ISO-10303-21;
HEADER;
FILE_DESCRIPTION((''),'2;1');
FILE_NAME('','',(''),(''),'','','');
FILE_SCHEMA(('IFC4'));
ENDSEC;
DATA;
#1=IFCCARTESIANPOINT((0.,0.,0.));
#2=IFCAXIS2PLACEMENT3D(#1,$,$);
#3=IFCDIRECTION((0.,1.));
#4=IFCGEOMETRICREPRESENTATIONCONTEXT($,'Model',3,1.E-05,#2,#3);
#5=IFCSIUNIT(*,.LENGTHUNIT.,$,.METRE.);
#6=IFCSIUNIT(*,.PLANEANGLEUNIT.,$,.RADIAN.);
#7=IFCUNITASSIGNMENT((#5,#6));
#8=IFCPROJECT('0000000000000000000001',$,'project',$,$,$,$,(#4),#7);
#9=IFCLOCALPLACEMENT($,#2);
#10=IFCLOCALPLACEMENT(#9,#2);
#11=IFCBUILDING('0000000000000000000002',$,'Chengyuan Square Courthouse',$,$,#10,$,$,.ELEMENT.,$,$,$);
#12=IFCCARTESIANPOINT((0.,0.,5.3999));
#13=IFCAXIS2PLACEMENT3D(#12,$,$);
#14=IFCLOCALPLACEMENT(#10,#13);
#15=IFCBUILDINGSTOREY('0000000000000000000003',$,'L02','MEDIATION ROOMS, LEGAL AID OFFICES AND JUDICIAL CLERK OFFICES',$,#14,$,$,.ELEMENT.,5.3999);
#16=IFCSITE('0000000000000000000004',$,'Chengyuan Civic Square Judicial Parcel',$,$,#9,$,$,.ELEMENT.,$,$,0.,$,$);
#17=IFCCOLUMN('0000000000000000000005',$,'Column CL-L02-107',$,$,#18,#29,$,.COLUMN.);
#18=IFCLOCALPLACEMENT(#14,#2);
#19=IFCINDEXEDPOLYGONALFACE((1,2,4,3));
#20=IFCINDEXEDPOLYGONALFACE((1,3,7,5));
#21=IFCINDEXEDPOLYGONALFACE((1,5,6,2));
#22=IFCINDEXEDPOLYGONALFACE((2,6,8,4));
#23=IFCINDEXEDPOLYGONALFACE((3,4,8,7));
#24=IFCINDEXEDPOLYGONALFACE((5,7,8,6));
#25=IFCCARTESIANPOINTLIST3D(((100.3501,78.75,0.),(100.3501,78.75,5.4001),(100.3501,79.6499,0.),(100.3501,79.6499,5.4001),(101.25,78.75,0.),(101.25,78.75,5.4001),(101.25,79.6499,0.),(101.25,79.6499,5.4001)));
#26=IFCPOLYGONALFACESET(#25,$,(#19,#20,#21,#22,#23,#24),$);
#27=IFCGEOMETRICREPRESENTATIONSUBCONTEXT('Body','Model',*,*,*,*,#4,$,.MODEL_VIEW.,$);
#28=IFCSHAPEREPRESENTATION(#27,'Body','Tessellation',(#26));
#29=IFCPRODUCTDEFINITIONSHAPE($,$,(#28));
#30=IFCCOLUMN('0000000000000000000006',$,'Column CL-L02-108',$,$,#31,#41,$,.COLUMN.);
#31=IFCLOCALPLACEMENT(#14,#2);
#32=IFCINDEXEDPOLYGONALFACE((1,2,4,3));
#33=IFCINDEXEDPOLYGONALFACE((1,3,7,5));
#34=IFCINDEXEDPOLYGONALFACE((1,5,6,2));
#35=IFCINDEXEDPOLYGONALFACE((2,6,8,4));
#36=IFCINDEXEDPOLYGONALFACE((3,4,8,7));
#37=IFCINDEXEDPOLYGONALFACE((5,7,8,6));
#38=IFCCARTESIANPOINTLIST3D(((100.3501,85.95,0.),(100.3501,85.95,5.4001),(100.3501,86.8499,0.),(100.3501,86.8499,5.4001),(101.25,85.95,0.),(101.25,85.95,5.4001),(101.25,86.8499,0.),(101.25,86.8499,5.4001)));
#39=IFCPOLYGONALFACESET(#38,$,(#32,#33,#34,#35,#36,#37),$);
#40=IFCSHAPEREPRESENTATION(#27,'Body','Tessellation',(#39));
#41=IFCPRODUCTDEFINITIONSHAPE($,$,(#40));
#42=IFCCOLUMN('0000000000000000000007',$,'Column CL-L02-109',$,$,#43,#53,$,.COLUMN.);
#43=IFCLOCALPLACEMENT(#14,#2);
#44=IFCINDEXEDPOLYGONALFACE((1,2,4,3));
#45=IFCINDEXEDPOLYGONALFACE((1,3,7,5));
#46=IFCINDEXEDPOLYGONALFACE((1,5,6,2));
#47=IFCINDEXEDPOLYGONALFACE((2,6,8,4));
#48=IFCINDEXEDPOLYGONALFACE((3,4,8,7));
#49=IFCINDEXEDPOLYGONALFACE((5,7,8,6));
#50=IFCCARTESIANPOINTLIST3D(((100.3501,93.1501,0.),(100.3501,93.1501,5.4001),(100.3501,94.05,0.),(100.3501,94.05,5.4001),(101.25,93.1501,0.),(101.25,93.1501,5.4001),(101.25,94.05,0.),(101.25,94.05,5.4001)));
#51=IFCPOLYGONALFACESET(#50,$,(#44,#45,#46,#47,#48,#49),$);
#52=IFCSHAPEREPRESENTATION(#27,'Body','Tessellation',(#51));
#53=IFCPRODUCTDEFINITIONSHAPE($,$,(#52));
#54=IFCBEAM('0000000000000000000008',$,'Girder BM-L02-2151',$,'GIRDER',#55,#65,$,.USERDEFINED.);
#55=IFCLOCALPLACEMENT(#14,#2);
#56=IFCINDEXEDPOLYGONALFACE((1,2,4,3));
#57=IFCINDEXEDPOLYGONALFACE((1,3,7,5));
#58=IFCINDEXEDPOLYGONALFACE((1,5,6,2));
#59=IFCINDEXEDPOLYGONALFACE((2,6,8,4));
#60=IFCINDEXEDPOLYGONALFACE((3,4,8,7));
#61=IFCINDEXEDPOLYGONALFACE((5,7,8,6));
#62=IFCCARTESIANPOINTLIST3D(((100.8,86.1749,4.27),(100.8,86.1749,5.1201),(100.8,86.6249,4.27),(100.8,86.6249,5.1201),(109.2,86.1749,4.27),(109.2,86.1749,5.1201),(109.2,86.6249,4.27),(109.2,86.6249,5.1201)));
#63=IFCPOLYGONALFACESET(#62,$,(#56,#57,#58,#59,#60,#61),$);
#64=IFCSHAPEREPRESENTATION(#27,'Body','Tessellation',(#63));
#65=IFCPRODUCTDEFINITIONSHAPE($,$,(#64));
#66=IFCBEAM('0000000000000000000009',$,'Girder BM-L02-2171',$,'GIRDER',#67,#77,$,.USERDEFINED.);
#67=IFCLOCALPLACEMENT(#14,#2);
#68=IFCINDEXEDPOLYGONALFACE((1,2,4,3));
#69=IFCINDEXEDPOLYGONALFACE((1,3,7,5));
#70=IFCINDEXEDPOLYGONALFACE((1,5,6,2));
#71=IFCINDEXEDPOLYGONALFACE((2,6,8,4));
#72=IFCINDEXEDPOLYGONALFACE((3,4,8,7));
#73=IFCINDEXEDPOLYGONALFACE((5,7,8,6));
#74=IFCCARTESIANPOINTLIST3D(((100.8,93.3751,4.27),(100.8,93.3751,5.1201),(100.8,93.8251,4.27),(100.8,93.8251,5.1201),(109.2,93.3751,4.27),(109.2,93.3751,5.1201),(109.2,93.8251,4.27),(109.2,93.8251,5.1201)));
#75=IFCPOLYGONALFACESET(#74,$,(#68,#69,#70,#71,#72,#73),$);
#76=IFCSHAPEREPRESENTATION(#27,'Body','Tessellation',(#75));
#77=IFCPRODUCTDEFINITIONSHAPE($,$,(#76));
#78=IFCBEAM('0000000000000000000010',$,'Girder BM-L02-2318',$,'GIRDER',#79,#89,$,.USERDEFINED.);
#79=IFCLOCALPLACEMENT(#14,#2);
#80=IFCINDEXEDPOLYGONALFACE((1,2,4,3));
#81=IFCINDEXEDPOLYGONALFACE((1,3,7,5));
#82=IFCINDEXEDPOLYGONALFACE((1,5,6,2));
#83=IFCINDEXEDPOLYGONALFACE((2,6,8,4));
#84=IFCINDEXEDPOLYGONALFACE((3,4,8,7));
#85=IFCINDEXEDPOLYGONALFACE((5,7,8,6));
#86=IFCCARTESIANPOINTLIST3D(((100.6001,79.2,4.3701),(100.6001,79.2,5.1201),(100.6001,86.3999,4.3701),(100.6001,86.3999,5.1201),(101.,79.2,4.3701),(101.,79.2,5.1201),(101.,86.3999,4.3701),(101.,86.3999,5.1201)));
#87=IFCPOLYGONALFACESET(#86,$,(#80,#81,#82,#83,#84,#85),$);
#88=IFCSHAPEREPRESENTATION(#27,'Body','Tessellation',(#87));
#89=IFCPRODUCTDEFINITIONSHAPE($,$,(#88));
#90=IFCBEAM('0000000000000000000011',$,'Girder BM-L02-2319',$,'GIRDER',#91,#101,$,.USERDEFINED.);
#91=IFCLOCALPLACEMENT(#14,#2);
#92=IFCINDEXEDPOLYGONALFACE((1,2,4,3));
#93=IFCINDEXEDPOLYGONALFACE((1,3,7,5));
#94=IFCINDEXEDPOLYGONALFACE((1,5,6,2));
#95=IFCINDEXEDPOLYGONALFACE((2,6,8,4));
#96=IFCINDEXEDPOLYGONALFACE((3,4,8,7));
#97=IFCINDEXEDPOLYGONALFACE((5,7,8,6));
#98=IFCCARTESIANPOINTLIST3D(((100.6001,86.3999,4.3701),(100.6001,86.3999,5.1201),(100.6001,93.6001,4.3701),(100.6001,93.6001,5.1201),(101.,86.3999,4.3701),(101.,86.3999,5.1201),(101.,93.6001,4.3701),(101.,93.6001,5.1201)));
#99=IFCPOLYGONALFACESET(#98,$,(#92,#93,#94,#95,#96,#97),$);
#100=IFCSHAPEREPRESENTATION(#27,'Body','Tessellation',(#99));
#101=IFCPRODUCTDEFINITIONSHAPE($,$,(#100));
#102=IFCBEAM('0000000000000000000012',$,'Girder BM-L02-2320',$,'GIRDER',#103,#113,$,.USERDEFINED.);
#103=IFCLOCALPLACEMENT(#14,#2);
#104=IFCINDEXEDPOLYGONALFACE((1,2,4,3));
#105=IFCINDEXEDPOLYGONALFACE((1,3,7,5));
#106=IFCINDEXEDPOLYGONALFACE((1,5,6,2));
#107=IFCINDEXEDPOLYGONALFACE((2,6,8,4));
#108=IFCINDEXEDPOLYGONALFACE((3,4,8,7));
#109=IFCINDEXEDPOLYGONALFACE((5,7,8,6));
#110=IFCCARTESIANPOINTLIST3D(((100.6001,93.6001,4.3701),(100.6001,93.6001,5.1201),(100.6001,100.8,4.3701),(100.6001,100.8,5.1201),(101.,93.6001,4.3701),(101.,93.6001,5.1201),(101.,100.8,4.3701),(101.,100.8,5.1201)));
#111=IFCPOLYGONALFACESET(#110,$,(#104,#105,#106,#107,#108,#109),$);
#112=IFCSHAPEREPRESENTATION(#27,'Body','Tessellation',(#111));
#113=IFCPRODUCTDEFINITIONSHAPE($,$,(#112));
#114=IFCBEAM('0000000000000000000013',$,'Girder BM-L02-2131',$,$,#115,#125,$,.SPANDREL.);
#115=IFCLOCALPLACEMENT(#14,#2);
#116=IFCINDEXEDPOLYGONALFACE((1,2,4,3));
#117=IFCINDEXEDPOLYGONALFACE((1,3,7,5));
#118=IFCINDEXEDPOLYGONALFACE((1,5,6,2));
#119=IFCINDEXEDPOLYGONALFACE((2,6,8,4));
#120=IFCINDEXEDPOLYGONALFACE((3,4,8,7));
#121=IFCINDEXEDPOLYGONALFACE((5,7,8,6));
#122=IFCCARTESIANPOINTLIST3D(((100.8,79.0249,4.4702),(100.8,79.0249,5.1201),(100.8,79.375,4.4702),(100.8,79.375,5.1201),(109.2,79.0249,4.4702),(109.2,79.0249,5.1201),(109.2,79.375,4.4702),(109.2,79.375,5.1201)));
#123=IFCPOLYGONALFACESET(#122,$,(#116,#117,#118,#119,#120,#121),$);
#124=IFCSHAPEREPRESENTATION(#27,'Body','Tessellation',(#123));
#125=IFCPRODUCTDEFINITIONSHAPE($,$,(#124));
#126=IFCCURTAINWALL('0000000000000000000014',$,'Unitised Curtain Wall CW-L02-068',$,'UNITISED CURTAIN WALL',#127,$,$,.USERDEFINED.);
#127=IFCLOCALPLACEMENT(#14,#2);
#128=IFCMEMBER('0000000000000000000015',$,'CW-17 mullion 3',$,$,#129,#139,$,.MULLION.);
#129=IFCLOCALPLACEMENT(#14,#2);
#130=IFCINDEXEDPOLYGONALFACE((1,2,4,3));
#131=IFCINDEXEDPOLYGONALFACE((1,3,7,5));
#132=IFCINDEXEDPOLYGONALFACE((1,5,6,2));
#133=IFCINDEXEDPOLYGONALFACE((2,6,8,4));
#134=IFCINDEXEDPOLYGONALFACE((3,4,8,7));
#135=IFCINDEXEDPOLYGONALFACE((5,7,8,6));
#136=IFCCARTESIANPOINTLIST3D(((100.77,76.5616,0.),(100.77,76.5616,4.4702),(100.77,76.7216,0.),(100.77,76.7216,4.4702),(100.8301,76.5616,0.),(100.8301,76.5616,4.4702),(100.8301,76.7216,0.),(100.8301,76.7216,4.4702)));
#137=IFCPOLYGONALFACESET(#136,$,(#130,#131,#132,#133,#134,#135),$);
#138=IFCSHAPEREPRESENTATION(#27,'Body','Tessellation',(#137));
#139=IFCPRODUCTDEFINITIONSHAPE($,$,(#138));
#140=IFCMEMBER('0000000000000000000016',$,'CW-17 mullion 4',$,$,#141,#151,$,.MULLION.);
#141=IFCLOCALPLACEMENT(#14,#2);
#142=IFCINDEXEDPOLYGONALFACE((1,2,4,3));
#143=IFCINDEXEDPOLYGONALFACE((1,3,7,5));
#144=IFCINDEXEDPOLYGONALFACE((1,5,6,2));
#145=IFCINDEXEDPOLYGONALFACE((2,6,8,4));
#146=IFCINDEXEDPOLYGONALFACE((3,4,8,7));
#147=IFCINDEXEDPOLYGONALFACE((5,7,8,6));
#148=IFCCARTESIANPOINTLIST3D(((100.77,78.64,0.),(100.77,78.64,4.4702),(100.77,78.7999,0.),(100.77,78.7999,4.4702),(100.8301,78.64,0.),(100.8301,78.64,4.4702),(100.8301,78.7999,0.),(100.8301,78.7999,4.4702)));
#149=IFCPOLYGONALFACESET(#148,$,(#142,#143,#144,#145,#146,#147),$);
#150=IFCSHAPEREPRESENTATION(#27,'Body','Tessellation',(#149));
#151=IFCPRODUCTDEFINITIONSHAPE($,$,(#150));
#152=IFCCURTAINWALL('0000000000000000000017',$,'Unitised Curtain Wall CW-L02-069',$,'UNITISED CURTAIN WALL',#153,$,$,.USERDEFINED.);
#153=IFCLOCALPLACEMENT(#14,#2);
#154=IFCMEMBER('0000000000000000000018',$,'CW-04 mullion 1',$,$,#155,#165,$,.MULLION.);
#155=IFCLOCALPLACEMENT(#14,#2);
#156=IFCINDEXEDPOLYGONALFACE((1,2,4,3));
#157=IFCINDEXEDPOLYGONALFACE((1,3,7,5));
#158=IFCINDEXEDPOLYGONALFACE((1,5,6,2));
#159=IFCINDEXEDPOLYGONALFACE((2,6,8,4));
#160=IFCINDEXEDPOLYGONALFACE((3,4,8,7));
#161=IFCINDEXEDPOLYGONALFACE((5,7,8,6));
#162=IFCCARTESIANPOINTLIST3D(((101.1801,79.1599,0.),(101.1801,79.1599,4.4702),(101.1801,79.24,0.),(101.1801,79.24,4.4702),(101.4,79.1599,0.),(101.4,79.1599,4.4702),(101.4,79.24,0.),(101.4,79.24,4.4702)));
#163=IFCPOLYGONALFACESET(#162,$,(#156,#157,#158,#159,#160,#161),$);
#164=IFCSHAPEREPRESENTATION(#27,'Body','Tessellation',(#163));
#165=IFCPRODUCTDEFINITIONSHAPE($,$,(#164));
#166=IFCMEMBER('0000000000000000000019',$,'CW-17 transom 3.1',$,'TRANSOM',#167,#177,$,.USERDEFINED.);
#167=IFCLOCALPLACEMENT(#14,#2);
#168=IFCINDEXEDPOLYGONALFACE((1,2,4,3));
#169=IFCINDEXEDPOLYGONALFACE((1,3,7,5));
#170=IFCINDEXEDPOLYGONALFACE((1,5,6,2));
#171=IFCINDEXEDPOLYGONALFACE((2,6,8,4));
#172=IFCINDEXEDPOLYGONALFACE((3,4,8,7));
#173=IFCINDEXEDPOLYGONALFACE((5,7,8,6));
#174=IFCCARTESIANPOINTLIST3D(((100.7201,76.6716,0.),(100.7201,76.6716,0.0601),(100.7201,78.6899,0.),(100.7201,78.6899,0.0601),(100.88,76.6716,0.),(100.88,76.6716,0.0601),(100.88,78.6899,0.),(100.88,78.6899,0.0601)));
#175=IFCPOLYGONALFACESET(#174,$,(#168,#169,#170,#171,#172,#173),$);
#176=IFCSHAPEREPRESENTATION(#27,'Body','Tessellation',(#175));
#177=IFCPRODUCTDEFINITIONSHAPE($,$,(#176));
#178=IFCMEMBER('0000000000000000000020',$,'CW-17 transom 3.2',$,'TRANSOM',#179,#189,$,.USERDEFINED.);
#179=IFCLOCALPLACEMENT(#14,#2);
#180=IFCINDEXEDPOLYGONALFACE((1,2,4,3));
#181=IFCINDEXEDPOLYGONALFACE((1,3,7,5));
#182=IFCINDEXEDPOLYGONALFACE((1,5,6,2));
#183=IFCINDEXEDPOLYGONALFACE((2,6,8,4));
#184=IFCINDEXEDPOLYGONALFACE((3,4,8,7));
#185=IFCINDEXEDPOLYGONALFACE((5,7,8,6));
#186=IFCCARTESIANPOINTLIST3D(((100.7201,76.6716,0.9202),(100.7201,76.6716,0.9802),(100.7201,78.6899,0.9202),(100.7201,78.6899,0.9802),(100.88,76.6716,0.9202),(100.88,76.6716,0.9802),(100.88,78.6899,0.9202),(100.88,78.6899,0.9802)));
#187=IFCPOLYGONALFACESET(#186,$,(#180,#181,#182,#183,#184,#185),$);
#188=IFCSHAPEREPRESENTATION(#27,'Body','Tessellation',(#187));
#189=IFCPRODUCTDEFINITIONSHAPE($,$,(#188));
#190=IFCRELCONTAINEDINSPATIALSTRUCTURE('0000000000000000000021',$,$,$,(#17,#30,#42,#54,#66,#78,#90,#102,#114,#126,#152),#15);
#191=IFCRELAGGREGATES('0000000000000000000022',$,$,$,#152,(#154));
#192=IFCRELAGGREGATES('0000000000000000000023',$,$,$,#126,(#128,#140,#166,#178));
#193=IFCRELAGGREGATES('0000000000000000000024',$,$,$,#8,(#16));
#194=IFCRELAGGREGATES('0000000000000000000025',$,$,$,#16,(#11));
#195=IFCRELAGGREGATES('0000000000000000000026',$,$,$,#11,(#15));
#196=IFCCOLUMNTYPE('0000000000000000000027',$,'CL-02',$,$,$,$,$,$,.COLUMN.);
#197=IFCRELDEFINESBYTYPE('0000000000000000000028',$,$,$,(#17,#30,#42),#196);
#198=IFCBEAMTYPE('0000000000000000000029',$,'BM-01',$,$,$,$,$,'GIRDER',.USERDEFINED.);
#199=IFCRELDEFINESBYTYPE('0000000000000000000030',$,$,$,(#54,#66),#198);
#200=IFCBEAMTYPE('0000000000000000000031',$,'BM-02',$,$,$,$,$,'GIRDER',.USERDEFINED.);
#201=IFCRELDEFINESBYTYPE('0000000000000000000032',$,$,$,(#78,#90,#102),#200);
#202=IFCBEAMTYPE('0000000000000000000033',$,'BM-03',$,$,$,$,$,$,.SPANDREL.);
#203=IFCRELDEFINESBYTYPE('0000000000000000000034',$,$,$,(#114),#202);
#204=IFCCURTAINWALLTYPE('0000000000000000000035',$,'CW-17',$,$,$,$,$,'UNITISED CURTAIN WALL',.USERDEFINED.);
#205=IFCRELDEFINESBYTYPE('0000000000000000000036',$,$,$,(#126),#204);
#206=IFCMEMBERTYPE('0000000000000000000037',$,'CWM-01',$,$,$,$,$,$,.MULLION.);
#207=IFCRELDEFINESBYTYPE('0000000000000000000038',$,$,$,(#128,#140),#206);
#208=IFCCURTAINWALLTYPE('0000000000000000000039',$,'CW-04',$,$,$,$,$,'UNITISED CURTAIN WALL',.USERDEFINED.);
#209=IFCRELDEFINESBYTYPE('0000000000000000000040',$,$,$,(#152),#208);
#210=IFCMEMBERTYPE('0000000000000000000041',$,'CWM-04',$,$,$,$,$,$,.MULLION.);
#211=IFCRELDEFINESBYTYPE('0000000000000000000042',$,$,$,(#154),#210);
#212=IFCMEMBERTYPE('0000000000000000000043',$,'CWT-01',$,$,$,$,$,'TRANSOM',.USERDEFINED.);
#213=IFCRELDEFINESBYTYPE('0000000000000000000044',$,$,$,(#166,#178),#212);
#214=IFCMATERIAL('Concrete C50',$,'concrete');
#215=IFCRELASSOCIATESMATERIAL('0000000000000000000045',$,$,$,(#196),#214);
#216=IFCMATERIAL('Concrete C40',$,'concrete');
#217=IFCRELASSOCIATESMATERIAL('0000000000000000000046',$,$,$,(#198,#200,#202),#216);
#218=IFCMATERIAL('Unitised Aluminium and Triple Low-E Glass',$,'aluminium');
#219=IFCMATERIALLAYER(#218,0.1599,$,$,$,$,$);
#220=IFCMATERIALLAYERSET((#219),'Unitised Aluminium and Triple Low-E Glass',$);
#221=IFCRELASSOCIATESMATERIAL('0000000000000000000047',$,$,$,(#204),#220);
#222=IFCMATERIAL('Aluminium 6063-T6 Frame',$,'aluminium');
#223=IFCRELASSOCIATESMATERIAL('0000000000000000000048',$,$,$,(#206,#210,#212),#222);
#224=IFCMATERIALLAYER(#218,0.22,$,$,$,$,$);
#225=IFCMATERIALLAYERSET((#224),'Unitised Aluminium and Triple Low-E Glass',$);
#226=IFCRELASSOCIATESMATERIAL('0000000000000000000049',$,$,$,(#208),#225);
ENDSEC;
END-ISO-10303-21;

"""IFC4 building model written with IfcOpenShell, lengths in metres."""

from ifc_helpers import new_model, si_unit, direction, frame, origin, origin_2d, place, context, subcontext, project, spatial, rectangle, extrude, material, layer, layer_set, material_profile, profile_set, type_object, element, aggregate, save


model = new_model("IFC4")

# Units and contexts
model_context = context("Model", 3, precision=1e-05, world=origin(), true_north=direction((0.0, 1.0)))
body_context = subcontext(model_context, "Body", "Model", "MODEL_VIEW")
ifc_project = project(units=[si_unit("LENGTHUNIT", "METRE"), si_unit("PLANEANGLEUNIT", "RADIAN")], contexts=[model_context])

# Site, building, storey
site_placement = place(None, origin())
site = spatial("IfcSite", under=ifc_project, at=site_placement, Name="Chengyuan Civic Square Judicial Parcel", CompositionType="ELEMENT", RefElevation=0.0)
building_placement = place(site_placement, origin())
building = spatial("IfcBuilding", under=site, at=building_placement, Name="Chengyuan Square Courthouse", CompositionType="ELEMENT")
storey_placement = place(building_placement, frame((0.0, 0.0, 5.3999)))
storey = spatial("IfcBuildingStorey", under=building, at=storey_placement, Name="L02", Description="MEDIATION ROOMS, LEGAL AID OFFICES AND JUDICIAL CLERK OFFICES", CompositionType="ELEMENT", Elevation=5.3999)

# Columns
ifc_material_1 = material(Name="Concrete C50", Category="concrete")
ifc_material_profile_1 = material_profile(ifc_material_1, rectangle(XDim=0.8999, YDim=0.8999, at=origin_2d()), Name="RC-COL-900x900")
ifc_profile_set_1 = profile_set([ifc_material_profile_1], Name="Concrete C50")
column_type = type_object("IfcColumnType", Name="CL-02", PredefinedType="COLUMN", material=ifc_profile_set_1)
for number, where, z_axis, x_axis, name in (
    (1, (100.8, 79.2, 0.0), (0.0, 0.0, 1.0), (1.0, 0.0, 0.0), "Column CL-L02-107"),
    (2, (100.8, 86.3999, 0.0), (0.0, 0.0, 1.0), (1.0, 0.0, 0.0), "Column CL-L02-108"),
    (3, (100.8, 93.6001, 0.0), (0.0, 0.0, 1.0), (1.0, 0.0, 0.0), "Column CL-L02-109"),
):
    element("IfcColumn", number, at=place(storey_placement, frame(where, z_axis=z_axis, x_axis=x_axis)), inside=storey, type_object=column_type, Name=name, PredefinedType="COLUMN", context=body_context, shape_type="SweptSolid", body=[
        extrude(rectangle(XDim=0.8999, YDim=0.8999, at=origin_2d()), origin(), (0.0, 0.0, 1.0), 5.4001),
    ])

# Beams
ifc_material_2 = material(Name="Concrete C40", Category="concrete")
ifc_material_profile_2 = material_profile(ifc_material_2, rectangle(XDim=0.45, YDim=0.8501, at=origin_2d()), Name="RC-BM-450x850")
ifc_profile_set_2 = profile_set([ifc_material_profile_2], Name="Concrete C40")
beam_type_1 = type_object("IfcBeamType", Name="BM-01", ElementType="GIRDER", PredefinedType="USERDEFINED", material=ifc_profile_set_2)
for number, where, z_axis, x_axis, name in (
    (4, (100.8, 86.3999, 4.6951), (1.0, 0.0, 0.0), (0.0, 1.0, 0.0), "Girder BM-L02-2151"),
    (5, (100.8, 93.6001, 4.6951), (1.0, 0.0, 0.0), (0.0, 1.0, 0.0), "Girder BM-L02-2171"),
):
    element("IfcBeam", number, at=place(storey_placement, frame(where, z_axis=z_axis, x_axis=x_axis)), inside=storey, type_object=beam_type_1, Name=name, ObjectType="GIRDER", PredefinedType="USERDEFINED", context=body_context, shape_type="SweptSolid", body=[
        extrude(rectangle(XDim=0.45, YDim=0.8501, at=origin_2d()), origin(), (0.0, 0.0, 1.0), 8.3999),
    ])
ifc_material_profile_3 = material_profile(ifc_material_2, rectangle(XDim=0.3999, YDim=0.75, at=origin_2d()), Name="RC-BM-400x750")
ifc_profile_set_3 = profile_set([ifc_material_profile_3], Name="Concrete C40")
beam_type_2 = type_object("IfcBeamType", Name="BM-02", ElementType="GIRDER", PredefinedType="USERDEFINED", material=ifc_profile_set_3)
beam_1_placement = place(storey_placement, frame((100.8, 79.2, 4.7451), z_axis=(0.0, 1.0, 0.0), x_axis=(-1.0, 0.0, 0.0)))
element("IfcBeam", 6, at=beam_1_placement, inside=storey, type_object=beam_type_2, Name="Girder BM-L02-2318", ObjectType="GIRDER", PredefinedType="USERDEFINED", context=body_context, shape_type="SweptSolid", body=[
    extrude(rectangle(XDim=0.3999, YDim=0.75, at=origin_2d()), origin(), (0.0, 0.0, 1.0), 7.2),
])
beam_2_placement = place(storey_placement, frame((100.8, 86.3999, 4.7451), z_axis=(0.0, 1.0, 0.0), x_axis=(-1.0, 0.0, 0.0)))
element("IfcBeam", 7, at=beam_2_placement, inside=storey, type_object=beam_type_2, Name="Girder BM-L02-2319", ObjectType="GIRDER", PredefinedType="USERDEFINED", context=body_context, shape_type="SweptSolid", body=[
    extrude(rectangle(XDim=0.3999, YDim=0.75, at=origin_2d()), origin(), (0.0, 0.0, 1.0), 7.2002),
])
beam_3_placement = place(storey_placement, frame((100.8, 93.6001, 4.7451), z_axis=(0.0, 1.0, 0.0), x_axis=(-1.0, 0.0, 0.0)))
element("IfcBeam", 8, at=beam_3_placement, inside=storey, type_object=beam_type_2, Name="Girder BM-L02-2320", ObjectType="GIRDER", PredefinedType="USERDEFINED", context=body_context, shape_type="SweptSolid", body=[
    extrude(rectangle(XDim=0.3999, YDim=0.75, at=origin_2d()), origin(), (0.0, 0.0, 1.0), 7.2),
])
ifc_material_profile_4 = material_profile(ifc_material_2, rectangle(XDim=0.3501, YDim=0.6499, at=origin_2d()), Name="RC-BM-350x650")
ifc_profile_set_4 = profile_set([ifc_material_profile_4], Name="Concrete C40")
beam_type_3 = type_object("IfcBeamType", Name="BM-03", PredefinedType="SPANDREL", material=ifc_profile_set_4)
beam_4_placement = place(storey_placement, frame((100.8, 79.2, 4.7952), z_axis=(1.0, 0.0, 0.0), x_axis=(0.0, 1.0, 0.0)))
element("IfcBeam", 9, at=beam_4_placement, inside=storey, type_object=beam_type_3, Name="Girder BM-L02-2131", PredefinedType="SPANDREL", context=body_context, shape_type="SweptSolid", body=[
    extrude(rectangle(XDim=0.3501, YDim=0.6499, at=origin_2d()), origin(), (0.0, 0.0, 1.0), 8.3999),
])

# Curtain wall, members
ifc_material_3 = material(Name="Unitised Aluminium and Triple Low-E Glass", Category="aluminium")
ifc_layer_1 = layer(ifc_material_3, 0.1599)
ifc_layer_set_1 = layer_set([ifc_layer_1], Name="Unitised Aluminium and Triple Low-E Glass")
curtain_wall_type_1 = type_object("IfcCurtainWallType", Name="CW-17", ElementType="UNITISED CURTAIN WALL", PredefinedType="USERDEFINED", material=ifc_layer_set_1)
curtain_wall_1_placement = place(storey_placement, origin())
curtain_wall_1 = element("IfcCurtainWall", 10, at=curtain_wall_1_placement, inside=storey, type_object=curtain_wall_type_1, Name="Unitised Curtain Wall CW-L02-068", ObjectType="UNITISED CURTAIN WALL", PredefinedType="USERDEFINED")
ifc_material_4 = material(Name="Aluminium 6063-T6 Frame", Category="aluminium")
ifc_material_profile_5 = material_profile(ifc_material_4, rectangle(XDim=0.0601, YDim=0.1599, at=origin_2d()), Name="CW-MUL-60x160")
ifc_profile_set_5 = profile_set([ifc_material_profile_5], Name="Aluminium 6063-T6 Frame")
member_type_1 = type_object("IfcMemberType", Name="CWM-01", PredefinedType="MULLION", material=ifc_profile_set_5)
member_1_placement = place(storey_placement, frame((100.8, 76.6416, 0.0), z_axis=(0.0, 0.0, 1.0), x_axis=(-1.0, 0.0, 0.0)))
member_1 = element("IfcMember", 11, at=member_1_placement, type_object=member_type_1, Name="CW-17 mullion 3", PredefinedType="MULLION", context=body_context, shape_type="SweptSolid", body=[
    extrude(rectangle(XDim=0.0601, YDim=0.1599, at=origin_2d()), origin(), (0.0, 0.0, 1.0), 4.4702),
])
member_2_placement = place(storey_placement, frame((100.8, 78.72, 0.0), z_axis=(0.0, 0.0, 1.0), x_axis=(-1.0, 0.0, 0.0)))
member_2 = element("IfcMember", 12, at=member_2_placement, type_object=member_type_1, Name="CW-17 mullion 4", PredefinedType="MULLION", context=body_context, shape_type="SweptSolid", body=[
    extrude(rectangle(XDim=0.0601, YDim=0.1599, at=origin_2d()), origin(), (0.0, 0.0, 1.0), 4.4702),
])

# Curtain wall, member
ifc_layer_2 = layer(ifc_material_3, 0.22)
ifc_layer_set_2 = layer_set([ifc_layer_2], Name="Unitised Aluminium and Triple Low-E Glass")
curtain_wall_type_2 = type_object("IfcCurtainWallType", Name="CW-04", ElementType="UNITISED CURTAIN WALL", PredefinedType="USERDEFINED", material=ifc_layer_set_2)
curtain_wall_2_placement = place(storey_placement, origin())
curtain_wall_2 = element("IfcCurtainWall", 13, at=curtain_wall_2_placement, inside=storey, type_object=curtain_wall_type_2, Name="Unitised Curtain Wall CW-L02-069", ObjectType="UNITISED CURTAIN WALL", PredefinedType="USERDEFINED")
ifc_material_profile_6 = material_profile(ifc_material_4, rectangle(XDim=0.0801, YDim=0.22, at=origin_2d()), Name="CW-MUL-80x220")
ifc_profile_set_6 = profile_set([ifc_material_profile_6], Name="Aluminium 6063-T6 Frame")
member_type_2 = type_object("IfcMemberType", Name="CWM-04", PredefinedType="MULLION", material=ifc_profile_set_6)
member_3_placement = place(storey_placement, frame((101.29, 79.2, 0.0), z_axis=(0.0, 0.0, 1.0), x_axis=(0.0, 1.0, 0.0)))
member_3 = element("IfcMember", 14, at=member_3_placement, type_object=member_type_2, Name="CW-04 mullion 1", PredefinedType="MULLION", context=body_context, shape_type="SweptSolid", body=[
    extrude(rectangle(XDim=0.0801, YDim=0.22, at=origin_2d()), origin(), (0.0, 0.0, 1.0), 4.4702),
])

# Members
ifc_material_profile_7 = material_profile(ifc_material_4, rectangle(XDim=0.1599, YDim=0.0601, at=origin_2d()), Name="CW-TRN-60x120")
ifc_profile_set_7 = profile_set([ifc_material_profile_7], Name="Aluminium 6063-T6 Frame")
member_type_3 = type_object("IfcMemberType", Name="CWT-01", ElementType="TRANSOM", PredefinedType="USERDEFINED", material=ifc_profile_set_7)
member_4_placement = place(storey_placement, frame((100.8, 76.6716, 0.03), z_axis=(0.0, 1.0, 0.0), x_axis=(-1.0, 0.0, 0.0)))
member_4 = element("IfcMember", 15, at=member_4_placement, type_object=member_type_3, Name="CW-17 transom 3.1", ObjectType="TRANSOM", PredefinedType="USERDEFINED", context=body_context, shape_type="SweptSolid", body=[
    extrude(rectangle(XDim=0.1599, YDim=0.0601, at=origin_2d()), origin(), (0.0, 0.0, 1.0), 2.0183),
])
member_5_placement = place(storey_placement, frame((100.8, 76.6716, 0.9502), z_axis=(0.0, 1.0, 0.0), x_axis=(-1.0, 0.0, 0.0)))
member_5 = element("IfcMember", 16, at=member_5_placement, type_object=member_type_3, Name="CW-17 transom 3.2", ObjectType="TRANSOM", PredefinedType="USERDEFINED", context=body_context, shape_type="SweptSolid", body=[
    extrude(rectangle(XDim=0.1599, YDim=0.0601, at=origin_2d()), origin(), (0.0, 0.0, 1.0), 2.0183),
])
aggregate(curtain_wall_2, [member_3])

aggregate(curtain_wall_1, [member_1, member_2, member_4, member_5])

save(model, "model.ifc")
